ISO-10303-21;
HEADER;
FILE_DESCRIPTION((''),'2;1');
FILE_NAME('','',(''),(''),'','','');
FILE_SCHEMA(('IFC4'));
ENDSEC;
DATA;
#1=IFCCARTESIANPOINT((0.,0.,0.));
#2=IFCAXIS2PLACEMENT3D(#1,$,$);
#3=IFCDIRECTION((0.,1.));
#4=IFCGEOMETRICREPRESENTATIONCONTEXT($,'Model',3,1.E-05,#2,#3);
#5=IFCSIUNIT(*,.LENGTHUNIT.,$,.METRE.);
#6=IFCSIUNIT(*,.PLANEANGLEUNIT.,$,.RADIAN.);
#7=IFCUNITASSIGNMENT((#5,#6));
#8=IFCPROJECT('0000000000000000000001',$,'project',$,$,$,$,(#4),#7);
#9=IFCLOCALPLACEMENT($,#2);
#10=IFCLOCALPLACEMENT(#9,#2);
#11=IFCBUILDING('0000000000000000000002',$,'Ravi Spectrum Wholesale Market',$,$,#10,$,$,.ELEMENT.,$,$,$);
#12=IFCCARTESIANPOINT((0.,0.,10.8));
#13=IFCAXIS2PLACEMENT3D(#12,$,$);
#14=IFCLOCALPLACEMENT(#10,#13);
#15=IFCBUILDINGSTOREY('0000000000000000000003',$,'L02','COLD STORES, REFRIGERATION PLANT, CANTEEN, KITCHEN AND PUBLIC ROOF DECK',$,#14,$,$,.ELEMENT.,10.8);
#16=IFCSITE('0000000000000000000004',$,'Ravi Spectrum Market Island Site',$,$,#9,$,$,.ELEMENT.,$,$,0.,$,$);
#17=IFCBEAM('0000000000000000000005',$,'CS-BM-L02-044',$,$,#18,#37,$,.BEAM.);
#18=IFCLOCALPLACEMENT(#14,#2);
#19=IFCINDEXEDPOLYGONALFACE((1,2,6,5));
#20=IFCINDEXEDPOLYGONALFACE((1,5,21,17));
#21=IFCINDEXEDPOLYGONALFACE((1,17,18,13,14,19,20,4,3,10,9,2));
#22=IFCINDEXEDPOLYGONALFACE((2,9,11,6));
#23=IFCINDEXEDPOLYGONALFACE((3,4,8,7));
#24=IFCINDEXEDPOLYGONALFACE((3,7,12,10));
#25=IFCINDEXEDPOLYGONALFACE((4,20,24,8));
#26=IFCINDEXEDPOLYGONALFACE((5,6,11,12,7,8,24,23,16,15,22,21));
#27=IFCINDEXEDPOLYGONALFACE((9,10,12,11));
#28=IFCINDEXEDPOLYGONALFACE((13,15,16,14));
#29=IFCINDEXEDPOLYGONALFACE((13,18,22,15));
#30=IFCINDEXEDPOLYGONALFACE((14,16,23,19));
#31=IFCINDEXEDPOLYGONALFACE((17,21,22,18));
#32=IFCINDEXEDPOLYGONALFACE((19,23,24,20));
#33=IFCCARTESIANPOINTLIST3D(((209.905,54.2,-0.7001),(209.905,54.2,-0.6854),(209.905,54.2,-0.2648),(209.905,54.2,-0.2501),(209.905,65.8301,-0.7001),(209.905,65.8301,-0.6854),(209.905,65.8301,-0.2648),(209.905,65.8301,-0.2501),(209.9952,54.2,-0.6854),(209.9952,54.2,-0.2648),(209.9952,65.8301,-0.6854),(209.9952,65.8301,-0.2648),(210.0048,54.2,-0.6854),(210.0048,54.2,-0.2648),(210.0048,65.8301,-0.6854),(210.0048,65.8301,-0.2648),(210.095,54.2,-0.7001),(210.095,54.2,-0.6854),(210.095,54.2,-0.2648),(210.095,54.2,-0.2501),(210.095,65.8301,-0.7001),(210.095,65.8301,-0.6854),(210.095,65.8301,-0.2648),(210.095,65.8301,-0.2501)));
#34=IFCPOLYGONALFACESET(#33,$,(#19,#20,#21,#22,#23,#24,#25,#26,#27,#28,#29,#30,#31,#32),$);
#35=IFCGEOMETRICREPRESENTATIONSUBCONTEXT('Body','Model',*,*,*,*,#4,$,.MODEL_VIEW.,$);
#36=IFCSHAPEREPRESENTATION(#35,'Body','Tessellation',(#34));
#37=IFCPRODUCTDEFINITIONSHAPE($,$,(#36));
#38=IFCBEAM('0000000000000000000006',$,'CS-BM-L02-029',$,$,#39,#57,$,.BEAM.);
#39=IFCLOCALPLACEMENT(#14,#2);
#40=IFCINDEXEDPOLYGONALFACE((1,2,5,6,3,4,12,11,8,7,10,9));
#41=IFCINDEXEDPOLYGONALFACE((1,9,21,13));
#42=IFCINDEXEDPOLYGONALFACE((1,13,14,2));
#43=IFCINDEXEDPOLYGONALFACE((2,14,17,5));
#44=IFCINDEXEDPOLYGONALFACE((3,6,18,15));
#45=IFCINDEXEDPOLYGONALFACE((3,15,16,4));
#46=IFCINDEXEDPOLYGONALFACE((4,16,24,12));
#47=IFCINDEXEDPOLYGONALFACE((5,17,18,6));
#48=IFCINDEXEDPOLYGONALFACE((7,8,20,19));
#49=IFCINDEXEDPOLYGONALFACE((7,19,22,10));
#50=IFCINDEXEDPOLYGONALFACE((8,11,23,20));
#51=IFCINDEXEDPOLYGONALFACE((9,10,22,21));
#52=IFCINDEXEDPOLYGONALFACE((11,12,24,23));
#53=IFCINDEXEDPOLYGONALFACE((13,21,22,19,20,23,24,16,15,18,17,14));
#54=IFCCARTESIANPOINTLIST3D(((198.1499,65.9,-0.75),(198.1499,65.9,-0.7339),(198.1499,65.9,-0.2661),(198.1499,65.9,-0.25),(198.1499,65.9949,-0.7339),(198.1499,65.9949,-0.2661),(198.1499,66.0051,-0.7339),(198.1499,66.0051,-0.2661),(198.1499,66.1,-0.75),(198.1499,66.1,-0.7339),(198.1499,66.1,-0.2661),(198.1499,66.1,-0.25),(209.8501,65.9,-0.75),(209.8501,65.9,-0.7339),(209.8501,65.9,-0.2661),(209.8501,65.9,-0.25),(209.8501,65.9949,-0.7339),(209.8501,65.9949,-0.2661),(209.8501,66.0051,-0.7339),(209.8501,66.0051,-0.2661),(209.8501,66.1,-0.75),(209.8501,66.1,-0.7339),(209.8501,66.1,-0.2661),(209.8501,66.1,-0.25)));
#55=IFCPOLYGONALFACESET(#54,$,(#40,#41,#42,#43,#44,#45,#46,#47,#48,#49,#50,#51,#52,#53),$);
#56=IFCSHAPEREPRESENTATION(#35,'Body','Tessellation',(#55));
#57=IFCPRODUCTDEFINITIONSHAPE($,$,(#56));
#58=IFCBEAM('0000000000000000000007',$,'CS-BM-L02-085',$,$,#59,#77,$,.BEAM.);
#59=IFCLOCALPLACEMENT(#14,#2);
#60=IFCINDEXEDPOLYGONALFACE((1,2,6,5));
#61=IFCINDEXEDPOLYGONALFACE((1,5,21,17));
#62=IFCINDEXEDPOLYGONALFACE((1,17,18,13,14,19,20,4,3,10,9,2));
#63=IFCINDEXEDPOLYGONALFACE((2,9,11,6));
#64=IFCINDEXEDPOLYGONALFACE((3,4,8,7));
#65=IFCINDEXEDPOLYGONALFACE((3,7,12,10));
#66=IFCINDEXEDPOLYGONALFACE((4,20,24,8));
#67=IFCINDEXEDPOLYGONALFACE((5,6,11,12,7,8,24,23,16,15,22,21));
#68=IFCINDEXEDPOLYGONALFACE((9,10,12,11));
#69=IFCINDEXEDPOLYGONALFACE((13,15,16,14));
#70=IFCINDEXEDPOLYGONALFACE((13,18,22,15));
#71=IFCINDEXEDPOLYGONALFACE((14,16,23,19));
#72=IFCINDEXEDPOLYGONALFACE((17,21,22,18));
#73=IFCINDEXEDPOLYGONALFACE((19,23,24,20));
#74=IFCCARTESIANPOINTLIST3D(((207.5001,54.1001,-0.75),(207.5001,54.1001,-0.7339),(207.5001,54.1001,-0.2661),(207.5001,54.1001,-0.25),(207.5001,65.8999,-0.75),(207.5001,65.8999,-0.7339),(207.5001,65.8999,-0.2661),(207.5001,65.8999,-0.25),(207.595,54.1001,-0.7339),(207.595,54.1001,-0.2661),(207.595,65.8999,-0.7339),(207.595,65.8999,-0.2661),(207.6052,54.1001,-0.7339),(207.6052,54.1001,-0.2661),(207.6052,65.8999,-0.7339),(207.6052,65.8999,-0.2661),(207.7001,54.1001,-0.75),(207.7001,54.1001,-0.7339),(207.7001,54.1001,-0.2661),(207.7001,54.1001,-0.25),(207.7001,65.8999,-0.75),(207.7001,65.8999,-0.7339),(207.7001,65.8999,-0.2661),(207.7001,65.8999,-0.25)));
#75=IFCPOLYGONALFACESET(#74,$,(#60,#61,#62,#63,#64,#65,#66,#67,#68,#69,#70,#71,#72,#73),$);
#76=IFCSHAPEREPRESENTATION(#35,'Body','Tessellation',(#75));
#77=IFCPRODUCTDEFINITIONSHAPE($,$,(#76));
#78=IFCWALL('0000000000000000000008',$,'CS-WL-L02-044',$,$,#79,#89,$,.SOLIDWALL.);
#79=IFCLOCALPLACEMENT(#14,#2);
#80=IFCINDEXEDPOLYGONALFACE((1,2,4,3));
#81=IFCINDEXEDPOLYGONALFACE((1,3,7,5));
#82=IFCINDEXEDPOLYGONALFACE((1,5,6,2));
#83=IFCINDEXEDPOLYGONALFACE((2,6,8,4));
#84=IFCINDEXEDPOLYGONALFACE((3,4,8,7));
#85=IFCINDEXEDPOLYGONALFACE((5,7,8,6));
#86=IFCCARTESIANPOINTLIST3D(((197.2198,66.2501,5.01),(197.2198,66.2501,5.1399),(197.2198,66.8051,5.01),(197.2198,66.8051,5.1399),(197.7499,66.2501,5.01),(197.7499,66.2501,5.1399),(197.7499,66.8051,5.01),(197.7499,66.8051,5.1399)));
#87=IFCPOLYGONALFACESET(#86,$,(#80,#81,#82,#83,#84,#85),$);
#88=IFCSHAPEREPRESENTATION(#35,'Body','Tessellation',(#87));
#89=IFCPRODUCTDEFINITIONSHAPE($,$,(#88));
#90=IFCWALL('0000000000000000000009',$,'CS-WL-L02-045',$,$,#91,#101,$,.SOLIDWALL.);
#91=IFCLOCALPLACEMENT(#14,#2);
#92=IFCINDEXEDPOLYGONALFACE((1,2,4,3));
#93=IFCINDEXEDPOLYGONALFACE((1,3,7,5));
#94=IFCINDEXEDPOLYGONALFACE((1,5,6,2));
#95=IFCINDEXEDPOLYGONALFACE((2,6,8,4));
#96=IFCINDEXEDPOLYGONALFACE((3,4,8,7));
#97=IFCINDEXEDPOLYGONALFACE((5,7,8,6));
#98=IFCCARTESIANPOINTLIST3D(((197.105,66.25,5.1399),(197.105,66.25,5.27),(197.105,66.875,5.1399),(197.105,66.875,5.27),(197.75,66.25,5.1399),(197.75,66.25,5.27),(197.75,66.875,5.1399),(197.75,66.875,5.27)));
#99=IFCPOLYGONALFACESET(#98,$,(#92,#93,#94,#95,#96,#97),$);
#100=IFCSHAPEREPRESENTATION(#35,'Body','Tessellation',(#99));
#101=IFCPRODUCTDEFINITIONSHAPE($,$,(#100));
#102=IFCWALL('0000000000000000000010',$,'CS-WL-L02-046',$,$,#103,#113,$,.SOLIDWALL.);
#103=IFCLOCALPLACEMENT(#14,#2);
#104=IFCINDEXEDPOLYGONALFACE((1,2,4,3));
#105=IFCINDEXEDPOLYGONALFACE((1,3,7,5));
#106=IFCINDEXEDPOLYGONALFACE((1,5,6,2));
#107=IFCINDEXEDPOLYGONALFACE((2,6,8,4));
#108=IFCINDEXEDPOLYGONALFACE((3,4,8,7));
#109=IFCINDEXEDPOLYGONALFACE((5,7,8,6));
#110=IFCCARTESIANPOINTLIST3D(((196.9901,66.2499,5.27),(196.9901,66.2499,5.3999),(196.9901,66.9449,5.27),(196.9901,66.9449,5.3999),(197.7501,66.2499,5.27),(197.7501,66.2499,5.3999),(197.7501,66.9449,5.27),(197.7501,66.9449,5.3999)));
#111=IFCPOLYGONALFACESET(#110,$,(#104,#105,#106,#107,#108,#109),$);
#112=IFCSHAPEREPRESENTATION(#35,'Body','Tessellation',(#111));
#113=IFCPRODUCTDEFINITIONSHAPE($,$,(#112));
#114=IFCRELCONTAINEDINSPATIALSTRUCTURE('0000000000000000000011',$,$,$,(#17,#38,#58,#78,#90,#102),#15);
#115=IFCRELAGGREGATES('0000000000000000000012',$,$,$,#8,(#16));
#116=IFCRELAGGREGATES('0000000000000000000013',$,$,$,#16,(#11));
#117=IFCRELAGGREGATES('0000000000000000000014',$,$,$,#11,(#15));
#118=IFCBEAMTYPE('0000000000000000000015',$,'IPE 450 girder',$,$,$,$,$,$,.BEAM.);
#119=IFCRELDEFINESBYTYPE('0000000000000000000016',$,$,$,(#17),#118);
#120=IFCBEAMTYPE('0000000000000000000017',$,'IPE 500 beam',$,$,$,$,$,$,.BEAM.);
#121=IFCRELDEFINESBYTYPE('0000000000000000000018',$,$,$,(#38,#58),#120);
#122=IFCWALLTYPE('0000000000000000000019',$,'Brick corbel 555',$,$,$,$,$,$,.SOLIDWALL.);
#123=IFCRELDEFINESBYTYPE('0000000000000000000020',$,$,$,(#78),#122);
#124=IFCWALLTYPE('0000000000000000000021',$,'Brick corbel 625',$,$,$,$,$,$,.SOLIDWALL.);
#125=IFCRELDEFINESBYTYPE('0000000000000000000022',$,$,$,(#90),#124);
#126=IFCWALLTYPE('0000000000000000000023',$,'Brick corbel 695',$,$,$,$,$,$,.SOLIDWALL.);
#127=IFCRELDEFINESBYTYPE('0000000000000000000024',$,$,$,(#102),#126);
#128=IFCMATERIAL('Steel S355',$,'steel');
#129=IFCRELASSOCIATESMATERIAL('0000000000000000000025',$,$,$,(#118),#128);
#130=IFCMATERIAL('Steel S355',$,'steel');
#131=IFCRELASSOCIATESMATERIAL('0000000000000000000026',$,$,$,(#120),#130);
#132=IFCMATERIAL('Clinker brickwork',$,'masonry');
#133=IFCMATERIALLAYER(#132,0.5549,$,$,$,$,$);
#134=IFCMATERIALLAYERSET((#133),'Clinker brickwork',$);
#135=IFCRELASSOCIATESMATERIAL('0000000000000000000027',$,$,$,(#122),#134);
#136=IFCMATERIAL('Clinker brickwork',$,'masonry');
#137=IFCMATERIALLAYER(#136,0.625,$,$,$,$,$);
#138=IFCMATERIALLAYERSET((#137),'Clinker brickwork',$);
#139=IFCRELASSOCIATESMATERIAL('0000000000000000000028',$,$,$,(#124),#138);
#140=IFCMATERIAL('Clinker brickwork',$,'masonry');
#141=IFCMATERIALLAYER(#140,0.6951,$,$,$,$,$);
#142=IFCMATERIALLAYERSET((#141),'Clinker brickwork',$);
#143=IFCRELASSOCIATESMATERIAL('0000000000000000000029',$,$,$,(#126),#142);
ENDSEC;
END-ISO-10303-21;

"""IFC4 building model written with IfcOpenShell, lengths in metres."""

from ifc_helpers import new_model, si_unit, direction, frame, frame_2d, origin, origin_2d, place, context, subcontext, project, spatial, rectangle, i_section, extrude, material, layer, layer_set, material_profile, profile_set, type_object, element, save


model = new_model("IFC4")

# Units and contexts
model_context = context("Model", 3, precision=1e-05, world=origin(), true_north=direction((0.0, 1.0)))
body_context = subcontext(model_context, "Body", "Model", "MODEL_VIEW")
ifc_project = project(units=[si_unit("LENGTHUNIT", "METRE"), si_unit("PLANEANGLEUNIT", "RADIAN")], contexts=[model_context])

# Site, building, storey
site_placement = place(None, origin())
site = spatial("IfcSite", under=ifc_project, at=site_placement, Name="Ravi Spectrum Market Island Site", CompositionType="ELEMENT", RefElevation=0.0)
building_placement = place(site_placement, origin())
building = spatial("IfcBuilding", under=site, at=building_placement, Name="Ravi Spectrum Wholesale Market", CompositionType="ELEMENT")
storey_placement = place(building_placement, frame((0.0, 0.0, 10.8)))
storey = spatial("IfcBuildingStorey", under=building, at=storey_placement, Name="L02", Description="COLD STORES, REFRIGERATION PLANT, CANTEEN, KITCHEN AND PUBLIC ROOF DECK", CompositionType="ELEMENT", Elevation=10.8)

# Beams
ifc_material_1 = material(Name="Steel S355", Category="steel")
ifc_material_profile_1 = material_profile(ifc_material_1, i_section(OverallWidth=0.1899, OverallDepth=0.45, WebThickness=0.0095, FlangeThickness=0.0146, at=origin_2d()))
ifc_profile_set_1 = profile_set([ifc_material_profile_1], Name="Steel S355")
beam_type_1 = type_object("IfcBeamType", Name="IPE 450 girder", PredefinedType="BEAM", material=ifc_profile_set_1)
beam_1_placement = place(storey_placement, frame((210.0, 54.2, -0.4751), z_axis=(0.0, 1.0, 0.0), x_axis=(-1.0, 0.0, 0.0)))
element("IfcBeam", 1, at=beam_1_placement, inside=storey, type_object=beam_type_1, Name="CS-BM-L02-044", PredefinedType="BEAM", context=body_context, shape_type="SweptSolid", body=[
    extrude(i_section(OverallWidth=0.1899, OverallDepth=0.45, WebThickness=0.0095, FlangeThickness=0.0146, at=origin_2d()), origin(), (0.0, 0.0, 1.0), 11.6301),
])
ifc_material_2 = material(Name="Steel S355", Category="steel")
ifc_material_profile_2 = material_profile(ifc_material_2, i_section(OverallWidth=0.2, OverallDepth=0.5, WebThickness=0.0103, FlangeThickness=0.0161, at=origin_2d()))
ifc_profile_set_2 = profile_set([ifc_material_profile_2], Name="Steel S355")
beam_type_2 = type_object("IfcBeamType", Name="IPE 500 beam", PredefinedType="BEAM", material=ifc_profile_set_2)
beam_2_placement = place(storey_placement, frame((198.1499, 66.0, -0.5), z_axis=(1.0, 0.0, 0.0), x_axis=(0.0, 1.0, 0.0)))
element("IfcBeam", 2, at=beam_2_placement, inside=storey, type_object=beam_type_2, Name="CS-BM-L02-029", PredefinedType="BEAM", context=body_context, shape_type="SweptSolid", body=[
    extrude(i_section(OverallWidth=0.2, OverallDepth=0.5, WebThickness=0.0103, FlangeThickness=0.0161, at=origin_2d()), origin(), (0.0, 0.0, 1.0), 11.7002),
])
beam_3_placement = place(storey_placement, frame((207.6001, 54.1001, -0.5), z_axis=(0.0, 1.0, 0.0), x_axis=(-1.0, 0.0, 0.0)))
element("IfcBeam", 3, at=beam_3_placement, inside=storey, type_object=beam_type_2, Name="CS-BM-L02-085", PredefinedType="BEAM", context=body_context, shape_type="SweptSolid", body=[
    extrude(i_section(OverallWidth=0.2, OverallDepth=0.5, WebThickness=0.0103, FlangeThickness=0.0161, at=origin_2d()), origin(), (0.0, 0.0, 1.0), 11.7998),
])

# Walls
ifc_material_3 = material(Name="Clinker brickwork", Category="masonry")
ifc_layer_1 = layer(ifc_material_3, 0.5549)
ifc_layer_set_1 = layer_set([ifc_layer_1], Name="Clinker brickwork")
wall_type_1 = type_object("IfcWallType", Name="Brick corbel 555", PredefinedType="SOLIDWALL", material=ifc_layer_set_1)
wall_1_placement = place(storey_placement, frame((197.75, 66.5276, 5.01), z_axis=(0.0, 0.0, 1.0), x_axis=(-1.0, 0.0, 0.0)))
element("IfcWall", 4, at=wall_1_placement, inside=storey, type_object=wall_type_1, Name="CS-WL-L02-044", PredefinedType="SOLIDWALL", context=body_context, shape_type="SweptSolid", body=[
    extrude(rectangle(XDim=0.53, YDim=0.5549, at=frame_2d((0.2651, 0.0))), origin(), (0.0, 0.0, 1.0), 0.1299),
])
ifc_material_4 = material(Name="Clinker brickwork", Category="masonry")
ifc_layer_2 = layer(ifc_material_4, 0.625)
ifc_layer_set_2 = layer_set([ifc_layer_2], Name="Clinker brickwork")
wall_type_2 = type_object("IfcWallType", Name="Brick corbel 625", PredefinedType="SOLIDWALL", material=ifc_layer_set_2)
wall_2_placement = place(storey_placement, frame((197.75, 66.5625, 5.1399), z_axis=(0.0, 0.0, 1.0), x_axis=(-1.0, 0.0, 0.0)))
element("IfcWall", 5, at=wall_2_placement, inside=storey, type_object=wall_type_2, Name="CS-WL-L02-045", PredefinedType="SOLIDWALL", context=body_context, shape_type="SweptSolid", body=[
    extrude(rectangle(XDim=0.645, YDim=0.625, at=frame_2d((0.3225, 0.0))), origin(), (0.0, 0.0, 1.0), 0.1301),
])
ifc_material_5 = material(Name="Clinker brickwork", Category="masonry")
ifc_layer_3 = layer(ifc_material_5, 0.6951)
ifc_layer_set_3 = layer_set([ifc_layer_3], Name="Clinker brickwork")
wall_type_3 = type_object("IfcWallType", Name="Brick corbel 695", PredefinedType="SOLIDWALL", material=ifc_layer_set_3)
wall_3_placement = place(storey_placement, frame((197.75, 66.5974, 5.27), z_axis=(0.0, 0.0, 1.0), x_axis=(-1.0, 0.0, 0.0)))
element("IfcWall", 6, at=wall_3_placement, inside=storey, type_object=wall_type_3, Name="CS-WL-L02-046", PredefinedType="SOLIDWALL", context=body_context, shape_type="SweptSolid", body=[
    extrude(rectangle(XDim=0.76, YDim=0.6951, at=frame_2d((0.3799, 0.0))), origin(), (0.0, 0.0, 1.0), 0.1299),
])

save(model, "model.ifc")
